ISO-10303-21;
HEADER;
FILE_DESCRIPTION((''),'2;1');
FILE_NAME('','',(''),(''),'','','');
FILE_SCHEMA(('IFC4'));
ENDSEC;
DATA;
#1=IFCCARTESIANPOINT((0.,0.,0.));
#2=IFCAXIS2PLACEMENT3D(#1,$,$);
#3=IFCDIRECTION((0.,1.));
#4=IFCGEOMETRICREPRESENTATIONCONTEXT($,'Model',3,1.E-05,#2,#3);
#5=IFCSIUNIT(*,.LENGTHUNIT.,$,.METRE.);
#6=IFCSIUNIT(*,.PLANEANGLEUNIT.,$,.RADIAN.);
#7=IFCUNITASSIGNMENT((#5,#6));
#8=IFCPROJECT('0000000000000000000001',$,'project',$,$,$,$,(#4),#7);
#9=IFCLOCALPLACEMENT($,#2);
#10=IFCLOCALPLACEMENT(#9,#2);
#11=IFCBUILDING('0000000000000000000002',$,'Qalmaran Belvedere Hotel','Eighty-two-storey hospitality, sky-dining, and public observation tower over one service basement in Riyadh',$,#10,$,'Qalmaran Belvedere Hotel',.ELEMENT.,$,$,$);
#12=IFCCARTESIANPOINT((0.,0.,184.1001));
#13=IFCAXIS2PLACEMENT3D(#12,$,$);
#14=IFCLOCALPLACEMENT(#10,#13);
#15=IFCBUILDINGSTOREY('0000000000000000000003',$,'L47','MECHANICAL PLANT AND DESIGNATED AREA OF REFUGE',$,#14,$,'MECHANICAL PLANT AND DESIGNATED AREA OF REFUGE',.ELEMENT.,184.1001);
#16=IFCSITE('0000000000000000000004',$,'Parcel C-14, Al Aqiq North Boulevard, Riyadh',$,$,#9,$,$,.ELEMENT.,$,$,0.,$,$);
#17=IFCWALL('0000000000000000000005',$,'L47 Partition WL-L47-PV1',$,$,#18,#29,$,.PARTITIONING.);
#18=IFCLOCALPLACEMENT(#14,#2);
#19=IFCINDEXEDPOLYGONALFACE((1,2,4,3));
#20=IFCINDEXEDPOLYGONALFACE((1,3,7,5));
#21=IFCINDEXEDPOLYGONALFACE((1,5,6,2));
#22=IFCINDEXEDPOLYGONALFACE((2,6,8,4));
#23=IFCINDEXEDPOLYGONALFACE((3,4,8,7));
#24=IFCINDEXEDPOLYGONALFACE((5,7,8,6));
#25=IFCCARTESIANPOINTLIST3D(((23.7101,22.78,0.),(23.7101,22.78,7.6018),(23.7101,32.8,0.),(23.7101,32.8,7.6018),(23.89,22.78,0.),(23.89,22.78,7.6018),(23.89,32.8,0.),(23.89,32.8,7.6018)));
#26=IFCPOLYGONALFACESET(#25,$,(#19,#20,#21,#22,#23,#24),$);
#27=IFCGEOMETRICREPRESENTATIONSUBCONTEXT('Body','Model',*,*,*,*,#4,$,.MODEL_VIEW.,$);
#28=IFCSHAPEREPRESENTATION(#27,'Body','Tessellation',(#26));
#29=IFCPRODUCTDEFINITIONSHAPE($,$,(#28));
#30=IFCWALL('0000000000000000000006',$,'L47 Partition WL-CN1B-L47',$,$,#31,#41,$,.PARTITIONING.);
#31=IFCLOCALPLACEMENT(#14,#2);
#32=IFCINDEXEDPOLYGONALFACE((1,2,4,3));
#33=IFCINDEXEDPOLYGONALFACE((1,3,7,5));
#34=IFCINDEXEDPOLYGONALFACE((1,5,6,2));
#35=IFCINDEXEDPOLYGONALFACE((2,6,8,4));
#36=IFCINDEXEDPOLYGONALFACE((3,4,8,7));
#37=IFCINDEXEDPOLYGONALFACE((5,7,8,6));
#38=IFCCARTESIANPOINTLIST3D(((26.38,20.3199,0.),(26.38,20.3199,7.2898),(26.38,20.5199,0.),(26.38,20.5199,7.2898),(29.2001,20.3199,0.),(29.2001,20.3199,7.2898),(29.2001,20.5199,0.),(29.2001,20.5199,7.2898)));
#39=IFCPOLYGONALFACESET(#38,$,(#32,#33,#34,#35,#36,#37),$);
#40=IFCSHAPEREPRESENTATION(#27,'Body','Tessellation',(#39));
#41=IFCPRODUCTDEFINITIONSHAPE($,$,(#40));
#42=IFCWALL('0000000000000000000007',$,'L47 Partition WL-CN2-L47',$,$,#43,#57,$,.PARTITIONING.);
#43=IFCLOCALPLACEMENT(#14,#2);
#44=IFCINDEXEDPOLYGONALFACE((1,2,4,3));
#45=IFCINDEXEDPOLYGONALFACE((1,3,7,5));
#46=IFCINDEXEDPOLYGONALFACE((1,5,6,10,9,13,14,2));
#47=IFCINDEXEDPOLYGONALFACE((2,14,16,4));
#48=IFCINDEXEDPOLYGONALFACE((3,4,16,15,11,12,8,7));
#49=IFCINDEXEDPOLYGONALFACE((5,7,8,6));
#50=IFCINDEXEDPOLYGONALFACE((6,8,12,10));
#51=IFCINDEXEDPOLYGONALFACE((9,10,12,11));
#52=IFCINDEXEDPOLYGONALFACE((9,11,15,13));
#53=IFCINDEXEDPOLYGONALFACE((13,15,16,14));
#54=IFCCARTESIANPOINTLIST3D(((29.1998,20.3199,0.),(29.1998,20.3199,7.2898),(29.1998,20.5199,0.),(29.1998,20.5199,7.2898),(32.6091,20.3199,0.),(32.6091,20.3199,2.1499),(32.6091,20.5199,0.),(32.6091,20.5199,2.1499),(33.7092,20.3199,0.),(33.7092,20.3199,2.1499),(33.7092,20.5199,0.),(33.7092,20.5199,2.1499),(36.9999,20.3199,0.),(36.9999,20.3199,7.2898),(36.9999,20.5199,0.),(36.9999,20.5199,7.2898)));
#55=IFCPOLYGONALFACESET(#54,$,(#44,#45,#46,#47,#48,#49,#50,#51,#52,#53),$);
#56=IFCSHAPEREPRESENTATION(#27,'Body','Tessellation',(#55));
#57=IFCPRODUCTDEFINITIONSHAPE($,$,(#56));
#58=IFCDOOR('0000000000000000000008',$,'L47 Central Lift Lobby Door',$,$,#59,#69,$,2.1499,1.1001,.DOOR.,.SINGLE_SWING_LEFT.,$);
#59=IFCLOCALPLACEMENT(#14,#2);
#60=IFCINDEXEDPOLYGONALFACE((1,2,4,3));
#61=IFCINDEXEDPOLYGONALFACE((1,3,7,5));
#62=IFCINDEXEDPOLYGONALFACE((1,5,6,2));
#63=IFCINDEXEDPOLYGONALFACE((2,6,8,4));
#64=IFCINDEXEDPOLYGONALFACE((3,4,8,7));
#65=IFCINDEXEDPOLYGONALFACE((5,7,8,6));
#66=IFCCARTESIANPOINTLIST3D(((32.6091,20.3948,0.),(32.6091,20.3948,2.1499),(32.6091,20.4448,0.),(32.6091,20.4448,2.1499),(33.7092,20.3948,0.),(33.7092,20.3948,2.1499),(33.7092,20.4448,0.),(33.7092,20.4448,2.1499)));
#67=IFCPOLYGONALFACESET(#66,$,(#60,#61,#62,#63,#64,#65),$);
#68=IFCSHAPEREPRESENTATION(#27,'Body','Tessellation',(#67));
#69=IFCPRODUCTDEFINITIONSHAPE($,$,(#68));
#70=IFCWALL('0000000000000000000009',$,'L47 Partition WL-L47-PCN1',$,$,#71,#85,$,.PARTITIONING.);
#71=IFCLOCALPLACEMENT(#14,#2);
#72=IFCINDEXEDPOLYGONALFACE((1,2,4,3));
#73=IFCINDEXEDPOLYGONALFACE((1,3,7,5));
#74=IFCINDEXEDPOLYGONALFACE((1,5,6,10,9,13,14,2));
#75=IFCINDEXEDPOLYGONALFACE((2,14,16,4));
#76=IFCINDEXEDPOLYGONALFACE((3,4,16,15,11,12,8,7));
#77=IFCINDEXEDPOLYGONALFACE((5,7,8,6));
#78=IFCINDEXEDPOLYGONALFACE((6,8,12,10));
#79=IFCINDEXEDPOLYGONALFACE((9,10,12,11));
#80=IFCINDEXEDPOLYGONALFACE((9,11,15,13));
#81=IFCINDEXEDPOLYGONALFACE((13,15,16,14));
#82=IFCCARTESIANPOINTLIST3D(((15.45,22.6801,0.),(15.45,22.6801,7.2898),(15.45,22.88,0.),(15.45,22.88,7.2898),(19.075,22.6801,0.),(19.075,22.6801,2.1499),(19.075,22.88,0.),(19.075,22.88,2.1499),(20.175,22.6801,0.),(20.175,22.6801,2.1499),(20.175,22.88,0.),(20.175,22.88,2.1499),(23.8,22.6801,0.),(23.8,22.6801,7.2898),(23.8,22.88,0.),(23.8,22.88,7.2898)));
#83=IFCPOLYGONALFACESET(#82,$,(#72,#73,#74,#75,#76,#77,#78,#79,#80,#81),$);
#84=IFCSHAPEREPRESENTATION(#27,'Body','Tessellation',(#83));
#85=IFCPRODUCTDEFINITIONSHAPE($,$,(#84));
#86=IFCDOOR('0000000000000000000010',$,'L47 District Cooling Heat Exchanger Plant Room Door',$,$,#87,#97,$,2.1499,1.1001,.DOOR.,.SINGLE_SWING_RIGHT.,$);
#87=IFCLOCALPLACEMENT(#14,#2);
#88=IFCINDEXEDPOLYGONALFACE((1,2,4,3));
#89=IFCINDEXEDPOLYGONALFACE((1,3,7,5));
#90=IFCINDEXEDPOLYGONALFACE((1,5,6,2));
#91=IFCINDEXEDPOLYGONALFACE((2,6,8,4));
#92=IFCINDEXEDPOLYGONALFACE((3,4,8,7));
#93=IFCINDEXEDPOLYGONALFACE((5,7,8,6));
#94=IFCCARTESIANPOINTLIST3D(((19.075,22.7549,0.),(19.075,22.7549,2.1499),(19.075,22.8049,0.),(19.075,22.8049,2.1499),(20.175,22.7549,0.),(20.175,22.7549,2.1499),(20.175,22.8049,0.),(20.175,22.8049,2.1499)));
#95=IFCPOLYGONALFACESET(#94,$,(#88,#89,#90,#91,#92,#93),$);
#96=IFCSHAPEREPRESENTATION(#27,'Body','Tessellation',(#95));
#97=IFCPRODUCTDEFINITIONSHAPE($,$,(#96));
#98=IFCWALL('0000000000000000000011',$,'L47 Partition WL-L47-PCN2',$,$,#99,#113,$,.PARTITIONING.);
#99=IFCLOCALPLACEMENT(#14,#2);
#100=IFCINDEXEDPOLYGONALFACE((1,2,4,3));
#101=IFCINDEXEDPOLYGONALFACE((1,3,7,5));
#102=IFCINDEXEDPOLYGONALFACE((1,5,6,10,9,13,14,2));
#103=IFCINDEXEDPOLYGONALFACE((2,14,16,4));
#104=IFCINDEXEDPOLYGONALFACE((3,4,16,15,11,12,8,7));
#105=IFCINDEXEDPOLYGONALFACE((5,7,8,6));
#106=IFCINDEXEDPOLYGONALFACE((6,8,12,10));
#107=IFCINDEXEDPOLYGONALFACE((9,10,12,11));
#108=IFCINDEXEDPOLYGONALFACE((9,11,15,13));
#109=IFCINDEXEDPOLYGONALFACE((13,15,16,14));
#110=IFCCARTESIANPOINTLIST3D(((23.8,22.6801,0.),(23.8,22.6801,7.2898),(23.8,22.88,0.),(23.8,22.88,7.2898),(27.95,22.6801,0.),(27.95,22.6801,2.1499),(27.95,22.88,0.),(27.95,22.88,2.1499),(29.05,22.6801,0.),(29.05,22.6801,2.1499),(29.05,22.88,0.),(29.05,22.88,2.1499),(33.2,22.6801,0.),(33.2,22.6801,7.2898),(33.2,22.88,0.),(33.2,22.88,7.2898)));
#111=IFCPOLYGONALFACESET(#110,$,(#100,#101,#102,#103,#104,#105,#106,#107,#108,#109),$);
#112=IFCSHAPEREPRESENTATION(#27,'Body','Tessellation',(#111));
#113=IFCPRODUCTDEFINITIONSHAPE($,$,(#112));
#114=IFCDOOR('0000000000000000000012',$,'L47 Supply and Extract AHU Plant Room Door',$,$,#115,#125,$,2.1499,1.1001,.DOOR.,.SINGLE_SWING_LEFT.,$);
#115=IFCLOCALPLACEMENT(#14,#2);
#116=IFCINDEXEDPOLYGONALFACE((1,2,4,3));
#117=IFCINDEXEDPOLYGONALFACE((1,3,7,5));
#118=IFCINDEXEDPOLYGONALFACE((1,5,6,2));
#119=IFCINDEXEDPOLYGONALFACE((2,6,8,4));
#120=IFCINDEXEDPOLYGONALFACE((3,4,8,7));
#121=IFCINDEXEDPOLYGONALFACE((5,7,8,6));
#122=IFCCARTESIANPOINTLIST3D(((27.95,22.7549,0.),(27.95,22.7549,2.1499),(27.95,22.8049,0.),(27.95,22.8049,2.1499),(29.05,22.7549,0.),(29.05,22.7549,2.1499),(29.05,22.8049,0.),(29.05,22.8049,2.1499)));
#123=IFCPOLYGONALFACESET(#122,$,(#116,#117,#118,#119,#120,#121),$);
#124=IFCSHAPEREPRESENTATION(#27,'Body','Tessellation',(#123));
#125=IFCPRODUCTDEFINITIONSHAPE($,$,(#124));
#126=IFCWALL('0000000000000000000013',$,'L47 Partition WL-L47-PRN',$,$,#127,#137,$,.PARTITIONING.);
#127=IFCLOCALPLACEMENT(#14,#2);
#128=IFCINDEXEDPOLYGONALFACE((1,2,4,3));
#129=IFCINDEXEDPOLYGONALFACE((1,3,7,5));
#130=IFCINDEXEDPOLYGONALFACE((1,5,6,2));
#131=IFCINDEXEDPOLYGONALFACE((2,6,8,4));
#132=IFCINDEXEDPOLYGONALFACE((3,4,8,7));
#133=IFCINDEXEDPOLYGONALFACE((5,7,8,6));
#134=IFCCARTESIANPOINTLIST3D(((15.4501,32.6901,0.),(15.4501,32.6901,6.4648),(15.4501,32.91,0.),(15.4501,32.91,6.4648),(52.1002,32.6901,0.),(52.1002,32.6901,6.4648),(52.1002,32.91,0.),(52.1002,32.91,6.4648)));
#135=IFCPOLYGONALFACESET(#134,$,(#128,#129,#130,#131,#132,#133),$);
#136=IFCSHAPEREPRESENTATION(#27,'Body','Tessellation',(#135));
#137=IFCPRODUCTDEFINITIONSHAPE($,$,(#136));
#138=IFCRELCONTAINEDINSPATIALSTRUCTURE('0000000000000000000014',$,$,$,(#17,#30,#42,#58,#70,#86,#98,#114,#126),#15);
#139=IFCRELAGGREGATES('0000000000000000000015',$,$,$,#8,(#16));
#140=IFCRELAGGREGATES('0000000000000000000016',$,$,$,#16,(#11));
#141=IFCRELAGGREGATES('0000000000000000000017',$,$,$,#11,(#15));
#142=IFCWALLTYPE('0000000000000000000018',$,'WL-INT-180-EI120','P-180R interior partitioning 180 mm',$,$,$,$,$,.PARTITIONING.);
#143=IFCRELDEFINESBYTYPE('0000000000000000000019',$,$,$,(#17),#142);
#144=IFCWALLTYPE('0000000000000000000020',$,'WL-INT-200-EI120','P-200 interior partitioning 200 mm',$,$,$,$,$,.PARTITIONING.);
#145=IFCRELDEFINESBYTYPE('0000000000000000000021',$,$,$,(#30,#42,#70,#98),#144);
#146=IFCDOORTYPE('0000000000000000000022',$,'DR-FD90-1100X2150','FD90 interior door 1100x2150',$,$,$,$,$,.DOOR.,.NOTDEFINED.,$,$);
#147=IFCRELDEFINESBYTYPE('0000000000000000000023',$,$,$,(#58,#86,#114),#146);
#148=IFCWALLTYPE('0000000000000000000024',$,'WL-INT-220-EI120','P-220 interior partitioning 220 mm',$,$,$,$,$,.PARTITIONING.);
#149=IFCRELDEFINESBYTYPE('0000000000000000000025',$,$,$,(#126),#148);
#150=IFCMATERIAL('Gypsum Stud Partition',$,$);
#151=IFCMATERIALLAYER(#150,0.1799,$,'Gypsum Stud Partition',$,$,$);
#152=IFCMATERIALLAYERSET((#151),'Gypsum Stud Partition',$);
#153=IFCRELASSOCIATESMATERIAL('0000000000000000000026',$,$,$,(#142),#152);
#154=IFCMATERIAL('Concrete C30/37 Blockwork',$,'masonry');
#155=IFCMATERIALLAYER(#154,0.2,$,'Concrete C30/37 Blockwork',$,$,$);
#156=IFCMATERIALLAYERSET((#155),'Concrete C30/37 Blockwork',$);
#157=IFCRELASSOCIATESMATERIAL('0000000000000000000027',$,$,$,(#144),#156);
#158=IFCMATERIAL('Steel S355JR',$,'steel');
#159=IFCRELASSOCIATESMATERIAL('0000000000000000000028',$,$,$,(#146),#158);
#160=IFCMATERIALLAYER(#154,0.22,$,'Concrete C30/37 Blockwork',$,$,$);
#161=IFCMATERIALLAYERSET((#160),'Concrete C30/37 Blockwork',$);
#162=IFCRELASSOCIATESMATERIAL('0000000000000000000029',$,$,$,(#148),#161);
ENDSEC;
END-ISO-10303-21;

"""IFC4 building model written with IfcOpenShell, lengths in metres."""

from ifc_helpers import new_model, si_unit, direction, frame, frame_2d, origin, place, context, subcontext, project, spatial, rectangle, extrude, material, layer, layer_set, type_object, element, fill, save


model = new_model("IFC4")

# Units and contexts
model_context = context("Model", 3, precision=1e-05, world=origin(), true_north=direction((0.0, 1.0)))
body_context = subcontext(model_context, "Body", "Model", "MODEL_VIEW")
ifc_project = project(units=[si_unit("LENGTHUNIT", "METRE"), si_unit("PLANEANGLEUNIT", "RADIAN")], contexts=[model_context])

# Site, building, storey
site_placement = place(None, origin())
site = spatial("IfcSite", under=ifc_project, at=site_placement, Name="Parcel C-14, Al Aqiq North Boulevard, Riyadh", CompositionType="ELEMENT", RefElevation=0.0)
building_placement = place(site_placement, origin())
building = spatial("IfcBuilding", under=site, at=building_placement, Name="Qalmaran Belvedere Hotel", Description="Eighty-two-storey hospitality, sky-dining, and public observation tower over one service basement in Riyadh", LongName="Qalmaran Belvedere Hotel", CompositionType="ELEMENT")
storey_placement = place(building_placement, frame((0.0, 0.0, 184.1001)))
storey = spatial("IfcBuildingStorey", under=building, at=storey_placement, Name="L47", Description="MECHANICAL PLANT AND DESIGNATED AREA OF REFUGE", LongName="MECHANICAL PLANT AND DESIGNATED AREA OF REFUGE", CompositionType="ELEMENT", Elevation=184.1001)

# Shared definitions
ifc_material_1 = material(Name="Steel S355JR", Category="steel")

# Walls
ifc_material_2 = material(Name="Gypsum Stud Partition")
ifc_layer_1 = layer(ifc_material_2, 0.1799, Name="Gypsum Stud Partition")
ifc_layer_set_1 = layer_set([ifc_layer_1], Name="Gypsum Stud Partition")
wall_type_1 = type_object("IfcWallType", Name="WL-INT-180-EI120", Description="P-180R interior partitioning 180 mm", PredefinedType="PARTITIONING", material=ifc_layer_set_1)
wall_1_placement = place(storey_placement, frame((23.8, 22.78, 0.0), z_axis=(0.0, 0.0, 1.0), x_axis=(0.0, 1.0, 0.0)))
element("IfcWall", 1, at=wall_1_placement, inside=storey, type_object=wall_type_1, Name="L47 Partition WL-L47-PV1", PredefinedType="PARTITIONING", context=body_context, shape_type="SweptSolid", body=[
    extrude(rectangle(XDim=10.02, YDim=0.1799, at=frame_2d((5.01, 0.0))), origin(), (0.0, 0.0, 1.0), 7.6018),
])
ifc_material_3 = material(Name="Concrete C30/37 Blockwork", Category="masonry")
ifc_layer_2 = layer(ifc_material_3, 0.2, Name="Concrete C30/37 Blockwork")
ifc_layer_set_2 = layer_set([ifc_layer_2], Name="Concrete C30/37 Blockwork")
wall_type_2 = type_object("IfcWallType", Name="WL-INT-200-EI120", Description="P-200 interior partitioning 200 mm", PredefinedType="PARTITIONING", material=ifc_layer_set_2)
wall_2_placement = place(storey_placement, frame((26.3799, 20.4199, 0.0), z_axis=(0.0, 0.0, 1.0), x_axis=(1.0, 0.0, 0.0)))
element("IfcWall", 2, at=wall_2_placement, inside=storey, type_object=wall_type_2, Name="L47 Partition WL-CN1B-L47", PredefinedType="PARTITIONING", context=body_context, shape_type="SweptSolid", body=[
    extrude(rectangle(XDim=2.8201, YDim=0.2, at=frame_2d((1.4102, 0.0))), origin(), (0.0, 0.0, 1.0), 7.2898),
])

# Walls, openings, doors
wall_3_placement = place(storey_placement, frame((29.2, 20.4199, 0.0), z_axis=(0.0, 0.0, 1.0), x_axis=(1.0, 0.0, 0.0)))
wall_3 = element("IfcWall", 3, at=wall_3_placement, inside=storey, type_object=wall_type_2, Name="L47 Partition WL-CN2-L47", PredefinedType="PARTITIONING", context=body_context, shape_type="SweptSolid", body=[
    extrude(rectangle(XDim=7.8, YDim=0.2, at=frame_2d((3.8999, 0.0))), origin(), (0.0, 0.0, 1.0), 7.2898),
])
opening_1_placement = place(wall_3_placement, frame((3.4092, 0.0, 0.0)))
opening_1 = element("IfcOpeningElement", 4, at=opening_1_placement, cuts=wall_3, PredefinedType="OPENING", context=body_context, shape_type="SweptSolid", body=[
    extrude(rectangle(XDim=1.1001, YDim=2.1499, at=frame_2d((0.55, 1.075))), frame((0.0, 0.1099, 0.0), z_axis=(0.0, -1.0, 0.0), x_axis=(1.0, 0.0, 0.0)), (0.0, 0.0, 1.0), 0.22),
])
door_type = type_object("IfcDoorType", Name="DR-FD90-1100X2150", Description="FD90 interior door 1100x2150", OperationType="NOTDEFINED", PredefinedType="DOOR", material=ifc_material_1)
door_1_placement = place(opening_1_placement, origin())
door_1 = element("IfcDoor", 5, at=door_1_placement, inside=storey, type_object=door_type, Name="L47 Central Lift Lobby Door", OperationType="SINGLE_SWING_LEFT", OverallHeight=2.1499, OverallWidth=1.1001, PredefinedType="DOOR", context=body_context, shape_type="SweptSolid", body=[
    extrude(rectangle(XDim=1.1001, YDim=2.1499, at=frame_2d((0.55, 1.075))), frame((0.0, 0.0249, 0.0), z_axis=(0.0, -1.0, 0.0), x_axis=(1.0, 0.0, 0.0)), (0.0, 0.0, 1.0), 0.05),
])
fill(opening_1, door_1)
wall_4_placement = place(storey_placement, frame((15.45, 22.78, 0.0), z_axis=(0.0, 0.0, 1.0), x_axis=(1.0, 0.0, 0.0)))
wall_4 = element("IfcWall", 6, at=wall_4_placement, inside=storey, type_object=wall_type_2, Name="L47 Partition WL-L47-PCN1", PredefinedType="PARTITIONING", context=body_context, shape_type="SweptSolid", body=[
    extrude(rectangle(XDim=8.3501, YDim=0.2, at=frame_2d((4.175, 0.0))), origin(), (0.0, 0.0, 1.0), 7.2898),
])
opening_2_placement = place(wall_4_placement, frame((3.625, 0.0, 0.0)))
opening_2 = element("IfcOpeningElement", 7, at=opening_2_placement, cuts=wall_4, PredefinedType="OPENING", context=body_context, shape_type="SweptSolid", body=[
    extrude(rectangle(XDim=1.1001, YDim=2.1499, at=frame_2d((0.55, 1.075))), frame((0.0, 0.1099, 0.0), z_axis=(0.0, -1.0, 0.0), x_axis=(1.0, 0.0, 0.0)), (0.0, 0.0, 1.0), 0.22),
])
door_2_placement = place(opening_2_placement, origin())
door_2 = element("IfcDoor", 8, at=door_2_placement, inside=storey, type_object=door_type, Name="L47 District Cooling Heat Exchanger Plant Room Door", OperationType="SINGLE_SWING_RIGHT", OverallHeight=2.1499, OverallWidth=1.1001, PredefinedType="DOOR", context=body_context, shape_type="SweptSolid", body=[
    extrude(rectangle(XDim=1.1001, YDim=2.1499, at=frame_2d((0.55, 1.075))), frame((0.0, 0.0249, 0.0), z_axis=(0.0, -1.0, 0.0), x_axis=(1.0, 0.0, 0.0)), (0.0, 0.0, 1.0), 0.05),
])
fill(opening_2, door_2)
wall_5_placement = place(storey_placement, frame((23.8, 22.78, 0.0), z_axis=(0.0, 0.0, 1.0), x_axis=(1.0, 0.0, 0.0)))
wall_5 = element("IfcWall", 9, at=wall_5_placement, inside=storey, type_object=wall_type_2, Name="L47 Partition WL-L47-PCN2", PredefinedType="PARTITIONING", context=body_context, shape_type="SweptSolid", body=[
    extrude(rectangle(XDim=9.3999, YDim=0.2, at=frame_2d((4.7, 0.0))), origin(), (0.0, 0.0, 1.0), 7.2898),
])
opening_3_placement = place(wall_5_placement, frame((4.1499, 0.0, 0.0)))
opening_3 = element("IfcOpeningElement", 10, at=opening_3_placement, cuts=wall_5, PredefinedType="OPENING", context=body_context, shape_type="SweptSolid", body=[
    extrude(rectangle(XDim=1.1001, YDim=2.1499, at=frame_2d((0.55, 1.075))), frame((0.0, 0.1099, 0.0), z_axis=(0.0, -1.0, 0.0), x_axis=(1.0, 0.0, 0.0)), (0.0, 0.0, 1.0), 0.22),
])
door_3_placement = place(opening_3_placement, origin())
door_3 = element("IfcDoor", 11, at=door_3_placement, inside=storey, type_object=door_type, Name="L47 Supply and Extract AHU Plant Room Door", OperationType="SINGLE_SWING_LEFT", OverallHeight=2.1499, OverallWidth=1.1001, PredefinedType="DOOR", context=body_context, shape_type="SweptSolid", body=[
    extrude(rectangle(XDim=1.1001, YDim=2.1499, at=frame_2d((0.55, 1.075))), frame((0.0, 0.0249, 0.0), z_axis=(0.0, -1.0, 0.0), x_axis=(1.0, 0.0, 0.0)), (0.0, 0.0, 1.0), 0.05),
])
fill(opening_3, door_3)

# Wall
ifc_layer_3 = layer(ifc_material_3, 0.22, Name="Concrete C30/37 Blockwork")
ifc_layer_set_3 = layer_set([ifc_layer_3], Name="Concrete C30/37 Blockwork")
wall_type_3 = type_object("IfcWallType", Name="WL-INT-220-EI120", Description="P-220 interior partitioning 220 mm", PredefinedType="PARTITIONING", material=ifc_layer_set_3)
wall_6_placement = place(storey_placement, frame((15.45, 32.8, 0.0), z_axis=(0.0, 0.0, 1.0), x_axis=(1.0, 0.0, 0.0)))
element("IfcWall", 12, at=wall_6_placement, inside=storey, type_object=wall_type_3, Name="L47 Partition WL-L47-PRN", PredefinedType="PARTITIONING", context=body_context, shape_type="SweptSolid", body=[
    extrude(rectangle(XDim=36.6501, YDim=0.22, at=frame_2d((18.3252, 0.0))), origin(), (0.0, 0.0, 1.0), 6.4648),
])

save(model, "model.ifc")
